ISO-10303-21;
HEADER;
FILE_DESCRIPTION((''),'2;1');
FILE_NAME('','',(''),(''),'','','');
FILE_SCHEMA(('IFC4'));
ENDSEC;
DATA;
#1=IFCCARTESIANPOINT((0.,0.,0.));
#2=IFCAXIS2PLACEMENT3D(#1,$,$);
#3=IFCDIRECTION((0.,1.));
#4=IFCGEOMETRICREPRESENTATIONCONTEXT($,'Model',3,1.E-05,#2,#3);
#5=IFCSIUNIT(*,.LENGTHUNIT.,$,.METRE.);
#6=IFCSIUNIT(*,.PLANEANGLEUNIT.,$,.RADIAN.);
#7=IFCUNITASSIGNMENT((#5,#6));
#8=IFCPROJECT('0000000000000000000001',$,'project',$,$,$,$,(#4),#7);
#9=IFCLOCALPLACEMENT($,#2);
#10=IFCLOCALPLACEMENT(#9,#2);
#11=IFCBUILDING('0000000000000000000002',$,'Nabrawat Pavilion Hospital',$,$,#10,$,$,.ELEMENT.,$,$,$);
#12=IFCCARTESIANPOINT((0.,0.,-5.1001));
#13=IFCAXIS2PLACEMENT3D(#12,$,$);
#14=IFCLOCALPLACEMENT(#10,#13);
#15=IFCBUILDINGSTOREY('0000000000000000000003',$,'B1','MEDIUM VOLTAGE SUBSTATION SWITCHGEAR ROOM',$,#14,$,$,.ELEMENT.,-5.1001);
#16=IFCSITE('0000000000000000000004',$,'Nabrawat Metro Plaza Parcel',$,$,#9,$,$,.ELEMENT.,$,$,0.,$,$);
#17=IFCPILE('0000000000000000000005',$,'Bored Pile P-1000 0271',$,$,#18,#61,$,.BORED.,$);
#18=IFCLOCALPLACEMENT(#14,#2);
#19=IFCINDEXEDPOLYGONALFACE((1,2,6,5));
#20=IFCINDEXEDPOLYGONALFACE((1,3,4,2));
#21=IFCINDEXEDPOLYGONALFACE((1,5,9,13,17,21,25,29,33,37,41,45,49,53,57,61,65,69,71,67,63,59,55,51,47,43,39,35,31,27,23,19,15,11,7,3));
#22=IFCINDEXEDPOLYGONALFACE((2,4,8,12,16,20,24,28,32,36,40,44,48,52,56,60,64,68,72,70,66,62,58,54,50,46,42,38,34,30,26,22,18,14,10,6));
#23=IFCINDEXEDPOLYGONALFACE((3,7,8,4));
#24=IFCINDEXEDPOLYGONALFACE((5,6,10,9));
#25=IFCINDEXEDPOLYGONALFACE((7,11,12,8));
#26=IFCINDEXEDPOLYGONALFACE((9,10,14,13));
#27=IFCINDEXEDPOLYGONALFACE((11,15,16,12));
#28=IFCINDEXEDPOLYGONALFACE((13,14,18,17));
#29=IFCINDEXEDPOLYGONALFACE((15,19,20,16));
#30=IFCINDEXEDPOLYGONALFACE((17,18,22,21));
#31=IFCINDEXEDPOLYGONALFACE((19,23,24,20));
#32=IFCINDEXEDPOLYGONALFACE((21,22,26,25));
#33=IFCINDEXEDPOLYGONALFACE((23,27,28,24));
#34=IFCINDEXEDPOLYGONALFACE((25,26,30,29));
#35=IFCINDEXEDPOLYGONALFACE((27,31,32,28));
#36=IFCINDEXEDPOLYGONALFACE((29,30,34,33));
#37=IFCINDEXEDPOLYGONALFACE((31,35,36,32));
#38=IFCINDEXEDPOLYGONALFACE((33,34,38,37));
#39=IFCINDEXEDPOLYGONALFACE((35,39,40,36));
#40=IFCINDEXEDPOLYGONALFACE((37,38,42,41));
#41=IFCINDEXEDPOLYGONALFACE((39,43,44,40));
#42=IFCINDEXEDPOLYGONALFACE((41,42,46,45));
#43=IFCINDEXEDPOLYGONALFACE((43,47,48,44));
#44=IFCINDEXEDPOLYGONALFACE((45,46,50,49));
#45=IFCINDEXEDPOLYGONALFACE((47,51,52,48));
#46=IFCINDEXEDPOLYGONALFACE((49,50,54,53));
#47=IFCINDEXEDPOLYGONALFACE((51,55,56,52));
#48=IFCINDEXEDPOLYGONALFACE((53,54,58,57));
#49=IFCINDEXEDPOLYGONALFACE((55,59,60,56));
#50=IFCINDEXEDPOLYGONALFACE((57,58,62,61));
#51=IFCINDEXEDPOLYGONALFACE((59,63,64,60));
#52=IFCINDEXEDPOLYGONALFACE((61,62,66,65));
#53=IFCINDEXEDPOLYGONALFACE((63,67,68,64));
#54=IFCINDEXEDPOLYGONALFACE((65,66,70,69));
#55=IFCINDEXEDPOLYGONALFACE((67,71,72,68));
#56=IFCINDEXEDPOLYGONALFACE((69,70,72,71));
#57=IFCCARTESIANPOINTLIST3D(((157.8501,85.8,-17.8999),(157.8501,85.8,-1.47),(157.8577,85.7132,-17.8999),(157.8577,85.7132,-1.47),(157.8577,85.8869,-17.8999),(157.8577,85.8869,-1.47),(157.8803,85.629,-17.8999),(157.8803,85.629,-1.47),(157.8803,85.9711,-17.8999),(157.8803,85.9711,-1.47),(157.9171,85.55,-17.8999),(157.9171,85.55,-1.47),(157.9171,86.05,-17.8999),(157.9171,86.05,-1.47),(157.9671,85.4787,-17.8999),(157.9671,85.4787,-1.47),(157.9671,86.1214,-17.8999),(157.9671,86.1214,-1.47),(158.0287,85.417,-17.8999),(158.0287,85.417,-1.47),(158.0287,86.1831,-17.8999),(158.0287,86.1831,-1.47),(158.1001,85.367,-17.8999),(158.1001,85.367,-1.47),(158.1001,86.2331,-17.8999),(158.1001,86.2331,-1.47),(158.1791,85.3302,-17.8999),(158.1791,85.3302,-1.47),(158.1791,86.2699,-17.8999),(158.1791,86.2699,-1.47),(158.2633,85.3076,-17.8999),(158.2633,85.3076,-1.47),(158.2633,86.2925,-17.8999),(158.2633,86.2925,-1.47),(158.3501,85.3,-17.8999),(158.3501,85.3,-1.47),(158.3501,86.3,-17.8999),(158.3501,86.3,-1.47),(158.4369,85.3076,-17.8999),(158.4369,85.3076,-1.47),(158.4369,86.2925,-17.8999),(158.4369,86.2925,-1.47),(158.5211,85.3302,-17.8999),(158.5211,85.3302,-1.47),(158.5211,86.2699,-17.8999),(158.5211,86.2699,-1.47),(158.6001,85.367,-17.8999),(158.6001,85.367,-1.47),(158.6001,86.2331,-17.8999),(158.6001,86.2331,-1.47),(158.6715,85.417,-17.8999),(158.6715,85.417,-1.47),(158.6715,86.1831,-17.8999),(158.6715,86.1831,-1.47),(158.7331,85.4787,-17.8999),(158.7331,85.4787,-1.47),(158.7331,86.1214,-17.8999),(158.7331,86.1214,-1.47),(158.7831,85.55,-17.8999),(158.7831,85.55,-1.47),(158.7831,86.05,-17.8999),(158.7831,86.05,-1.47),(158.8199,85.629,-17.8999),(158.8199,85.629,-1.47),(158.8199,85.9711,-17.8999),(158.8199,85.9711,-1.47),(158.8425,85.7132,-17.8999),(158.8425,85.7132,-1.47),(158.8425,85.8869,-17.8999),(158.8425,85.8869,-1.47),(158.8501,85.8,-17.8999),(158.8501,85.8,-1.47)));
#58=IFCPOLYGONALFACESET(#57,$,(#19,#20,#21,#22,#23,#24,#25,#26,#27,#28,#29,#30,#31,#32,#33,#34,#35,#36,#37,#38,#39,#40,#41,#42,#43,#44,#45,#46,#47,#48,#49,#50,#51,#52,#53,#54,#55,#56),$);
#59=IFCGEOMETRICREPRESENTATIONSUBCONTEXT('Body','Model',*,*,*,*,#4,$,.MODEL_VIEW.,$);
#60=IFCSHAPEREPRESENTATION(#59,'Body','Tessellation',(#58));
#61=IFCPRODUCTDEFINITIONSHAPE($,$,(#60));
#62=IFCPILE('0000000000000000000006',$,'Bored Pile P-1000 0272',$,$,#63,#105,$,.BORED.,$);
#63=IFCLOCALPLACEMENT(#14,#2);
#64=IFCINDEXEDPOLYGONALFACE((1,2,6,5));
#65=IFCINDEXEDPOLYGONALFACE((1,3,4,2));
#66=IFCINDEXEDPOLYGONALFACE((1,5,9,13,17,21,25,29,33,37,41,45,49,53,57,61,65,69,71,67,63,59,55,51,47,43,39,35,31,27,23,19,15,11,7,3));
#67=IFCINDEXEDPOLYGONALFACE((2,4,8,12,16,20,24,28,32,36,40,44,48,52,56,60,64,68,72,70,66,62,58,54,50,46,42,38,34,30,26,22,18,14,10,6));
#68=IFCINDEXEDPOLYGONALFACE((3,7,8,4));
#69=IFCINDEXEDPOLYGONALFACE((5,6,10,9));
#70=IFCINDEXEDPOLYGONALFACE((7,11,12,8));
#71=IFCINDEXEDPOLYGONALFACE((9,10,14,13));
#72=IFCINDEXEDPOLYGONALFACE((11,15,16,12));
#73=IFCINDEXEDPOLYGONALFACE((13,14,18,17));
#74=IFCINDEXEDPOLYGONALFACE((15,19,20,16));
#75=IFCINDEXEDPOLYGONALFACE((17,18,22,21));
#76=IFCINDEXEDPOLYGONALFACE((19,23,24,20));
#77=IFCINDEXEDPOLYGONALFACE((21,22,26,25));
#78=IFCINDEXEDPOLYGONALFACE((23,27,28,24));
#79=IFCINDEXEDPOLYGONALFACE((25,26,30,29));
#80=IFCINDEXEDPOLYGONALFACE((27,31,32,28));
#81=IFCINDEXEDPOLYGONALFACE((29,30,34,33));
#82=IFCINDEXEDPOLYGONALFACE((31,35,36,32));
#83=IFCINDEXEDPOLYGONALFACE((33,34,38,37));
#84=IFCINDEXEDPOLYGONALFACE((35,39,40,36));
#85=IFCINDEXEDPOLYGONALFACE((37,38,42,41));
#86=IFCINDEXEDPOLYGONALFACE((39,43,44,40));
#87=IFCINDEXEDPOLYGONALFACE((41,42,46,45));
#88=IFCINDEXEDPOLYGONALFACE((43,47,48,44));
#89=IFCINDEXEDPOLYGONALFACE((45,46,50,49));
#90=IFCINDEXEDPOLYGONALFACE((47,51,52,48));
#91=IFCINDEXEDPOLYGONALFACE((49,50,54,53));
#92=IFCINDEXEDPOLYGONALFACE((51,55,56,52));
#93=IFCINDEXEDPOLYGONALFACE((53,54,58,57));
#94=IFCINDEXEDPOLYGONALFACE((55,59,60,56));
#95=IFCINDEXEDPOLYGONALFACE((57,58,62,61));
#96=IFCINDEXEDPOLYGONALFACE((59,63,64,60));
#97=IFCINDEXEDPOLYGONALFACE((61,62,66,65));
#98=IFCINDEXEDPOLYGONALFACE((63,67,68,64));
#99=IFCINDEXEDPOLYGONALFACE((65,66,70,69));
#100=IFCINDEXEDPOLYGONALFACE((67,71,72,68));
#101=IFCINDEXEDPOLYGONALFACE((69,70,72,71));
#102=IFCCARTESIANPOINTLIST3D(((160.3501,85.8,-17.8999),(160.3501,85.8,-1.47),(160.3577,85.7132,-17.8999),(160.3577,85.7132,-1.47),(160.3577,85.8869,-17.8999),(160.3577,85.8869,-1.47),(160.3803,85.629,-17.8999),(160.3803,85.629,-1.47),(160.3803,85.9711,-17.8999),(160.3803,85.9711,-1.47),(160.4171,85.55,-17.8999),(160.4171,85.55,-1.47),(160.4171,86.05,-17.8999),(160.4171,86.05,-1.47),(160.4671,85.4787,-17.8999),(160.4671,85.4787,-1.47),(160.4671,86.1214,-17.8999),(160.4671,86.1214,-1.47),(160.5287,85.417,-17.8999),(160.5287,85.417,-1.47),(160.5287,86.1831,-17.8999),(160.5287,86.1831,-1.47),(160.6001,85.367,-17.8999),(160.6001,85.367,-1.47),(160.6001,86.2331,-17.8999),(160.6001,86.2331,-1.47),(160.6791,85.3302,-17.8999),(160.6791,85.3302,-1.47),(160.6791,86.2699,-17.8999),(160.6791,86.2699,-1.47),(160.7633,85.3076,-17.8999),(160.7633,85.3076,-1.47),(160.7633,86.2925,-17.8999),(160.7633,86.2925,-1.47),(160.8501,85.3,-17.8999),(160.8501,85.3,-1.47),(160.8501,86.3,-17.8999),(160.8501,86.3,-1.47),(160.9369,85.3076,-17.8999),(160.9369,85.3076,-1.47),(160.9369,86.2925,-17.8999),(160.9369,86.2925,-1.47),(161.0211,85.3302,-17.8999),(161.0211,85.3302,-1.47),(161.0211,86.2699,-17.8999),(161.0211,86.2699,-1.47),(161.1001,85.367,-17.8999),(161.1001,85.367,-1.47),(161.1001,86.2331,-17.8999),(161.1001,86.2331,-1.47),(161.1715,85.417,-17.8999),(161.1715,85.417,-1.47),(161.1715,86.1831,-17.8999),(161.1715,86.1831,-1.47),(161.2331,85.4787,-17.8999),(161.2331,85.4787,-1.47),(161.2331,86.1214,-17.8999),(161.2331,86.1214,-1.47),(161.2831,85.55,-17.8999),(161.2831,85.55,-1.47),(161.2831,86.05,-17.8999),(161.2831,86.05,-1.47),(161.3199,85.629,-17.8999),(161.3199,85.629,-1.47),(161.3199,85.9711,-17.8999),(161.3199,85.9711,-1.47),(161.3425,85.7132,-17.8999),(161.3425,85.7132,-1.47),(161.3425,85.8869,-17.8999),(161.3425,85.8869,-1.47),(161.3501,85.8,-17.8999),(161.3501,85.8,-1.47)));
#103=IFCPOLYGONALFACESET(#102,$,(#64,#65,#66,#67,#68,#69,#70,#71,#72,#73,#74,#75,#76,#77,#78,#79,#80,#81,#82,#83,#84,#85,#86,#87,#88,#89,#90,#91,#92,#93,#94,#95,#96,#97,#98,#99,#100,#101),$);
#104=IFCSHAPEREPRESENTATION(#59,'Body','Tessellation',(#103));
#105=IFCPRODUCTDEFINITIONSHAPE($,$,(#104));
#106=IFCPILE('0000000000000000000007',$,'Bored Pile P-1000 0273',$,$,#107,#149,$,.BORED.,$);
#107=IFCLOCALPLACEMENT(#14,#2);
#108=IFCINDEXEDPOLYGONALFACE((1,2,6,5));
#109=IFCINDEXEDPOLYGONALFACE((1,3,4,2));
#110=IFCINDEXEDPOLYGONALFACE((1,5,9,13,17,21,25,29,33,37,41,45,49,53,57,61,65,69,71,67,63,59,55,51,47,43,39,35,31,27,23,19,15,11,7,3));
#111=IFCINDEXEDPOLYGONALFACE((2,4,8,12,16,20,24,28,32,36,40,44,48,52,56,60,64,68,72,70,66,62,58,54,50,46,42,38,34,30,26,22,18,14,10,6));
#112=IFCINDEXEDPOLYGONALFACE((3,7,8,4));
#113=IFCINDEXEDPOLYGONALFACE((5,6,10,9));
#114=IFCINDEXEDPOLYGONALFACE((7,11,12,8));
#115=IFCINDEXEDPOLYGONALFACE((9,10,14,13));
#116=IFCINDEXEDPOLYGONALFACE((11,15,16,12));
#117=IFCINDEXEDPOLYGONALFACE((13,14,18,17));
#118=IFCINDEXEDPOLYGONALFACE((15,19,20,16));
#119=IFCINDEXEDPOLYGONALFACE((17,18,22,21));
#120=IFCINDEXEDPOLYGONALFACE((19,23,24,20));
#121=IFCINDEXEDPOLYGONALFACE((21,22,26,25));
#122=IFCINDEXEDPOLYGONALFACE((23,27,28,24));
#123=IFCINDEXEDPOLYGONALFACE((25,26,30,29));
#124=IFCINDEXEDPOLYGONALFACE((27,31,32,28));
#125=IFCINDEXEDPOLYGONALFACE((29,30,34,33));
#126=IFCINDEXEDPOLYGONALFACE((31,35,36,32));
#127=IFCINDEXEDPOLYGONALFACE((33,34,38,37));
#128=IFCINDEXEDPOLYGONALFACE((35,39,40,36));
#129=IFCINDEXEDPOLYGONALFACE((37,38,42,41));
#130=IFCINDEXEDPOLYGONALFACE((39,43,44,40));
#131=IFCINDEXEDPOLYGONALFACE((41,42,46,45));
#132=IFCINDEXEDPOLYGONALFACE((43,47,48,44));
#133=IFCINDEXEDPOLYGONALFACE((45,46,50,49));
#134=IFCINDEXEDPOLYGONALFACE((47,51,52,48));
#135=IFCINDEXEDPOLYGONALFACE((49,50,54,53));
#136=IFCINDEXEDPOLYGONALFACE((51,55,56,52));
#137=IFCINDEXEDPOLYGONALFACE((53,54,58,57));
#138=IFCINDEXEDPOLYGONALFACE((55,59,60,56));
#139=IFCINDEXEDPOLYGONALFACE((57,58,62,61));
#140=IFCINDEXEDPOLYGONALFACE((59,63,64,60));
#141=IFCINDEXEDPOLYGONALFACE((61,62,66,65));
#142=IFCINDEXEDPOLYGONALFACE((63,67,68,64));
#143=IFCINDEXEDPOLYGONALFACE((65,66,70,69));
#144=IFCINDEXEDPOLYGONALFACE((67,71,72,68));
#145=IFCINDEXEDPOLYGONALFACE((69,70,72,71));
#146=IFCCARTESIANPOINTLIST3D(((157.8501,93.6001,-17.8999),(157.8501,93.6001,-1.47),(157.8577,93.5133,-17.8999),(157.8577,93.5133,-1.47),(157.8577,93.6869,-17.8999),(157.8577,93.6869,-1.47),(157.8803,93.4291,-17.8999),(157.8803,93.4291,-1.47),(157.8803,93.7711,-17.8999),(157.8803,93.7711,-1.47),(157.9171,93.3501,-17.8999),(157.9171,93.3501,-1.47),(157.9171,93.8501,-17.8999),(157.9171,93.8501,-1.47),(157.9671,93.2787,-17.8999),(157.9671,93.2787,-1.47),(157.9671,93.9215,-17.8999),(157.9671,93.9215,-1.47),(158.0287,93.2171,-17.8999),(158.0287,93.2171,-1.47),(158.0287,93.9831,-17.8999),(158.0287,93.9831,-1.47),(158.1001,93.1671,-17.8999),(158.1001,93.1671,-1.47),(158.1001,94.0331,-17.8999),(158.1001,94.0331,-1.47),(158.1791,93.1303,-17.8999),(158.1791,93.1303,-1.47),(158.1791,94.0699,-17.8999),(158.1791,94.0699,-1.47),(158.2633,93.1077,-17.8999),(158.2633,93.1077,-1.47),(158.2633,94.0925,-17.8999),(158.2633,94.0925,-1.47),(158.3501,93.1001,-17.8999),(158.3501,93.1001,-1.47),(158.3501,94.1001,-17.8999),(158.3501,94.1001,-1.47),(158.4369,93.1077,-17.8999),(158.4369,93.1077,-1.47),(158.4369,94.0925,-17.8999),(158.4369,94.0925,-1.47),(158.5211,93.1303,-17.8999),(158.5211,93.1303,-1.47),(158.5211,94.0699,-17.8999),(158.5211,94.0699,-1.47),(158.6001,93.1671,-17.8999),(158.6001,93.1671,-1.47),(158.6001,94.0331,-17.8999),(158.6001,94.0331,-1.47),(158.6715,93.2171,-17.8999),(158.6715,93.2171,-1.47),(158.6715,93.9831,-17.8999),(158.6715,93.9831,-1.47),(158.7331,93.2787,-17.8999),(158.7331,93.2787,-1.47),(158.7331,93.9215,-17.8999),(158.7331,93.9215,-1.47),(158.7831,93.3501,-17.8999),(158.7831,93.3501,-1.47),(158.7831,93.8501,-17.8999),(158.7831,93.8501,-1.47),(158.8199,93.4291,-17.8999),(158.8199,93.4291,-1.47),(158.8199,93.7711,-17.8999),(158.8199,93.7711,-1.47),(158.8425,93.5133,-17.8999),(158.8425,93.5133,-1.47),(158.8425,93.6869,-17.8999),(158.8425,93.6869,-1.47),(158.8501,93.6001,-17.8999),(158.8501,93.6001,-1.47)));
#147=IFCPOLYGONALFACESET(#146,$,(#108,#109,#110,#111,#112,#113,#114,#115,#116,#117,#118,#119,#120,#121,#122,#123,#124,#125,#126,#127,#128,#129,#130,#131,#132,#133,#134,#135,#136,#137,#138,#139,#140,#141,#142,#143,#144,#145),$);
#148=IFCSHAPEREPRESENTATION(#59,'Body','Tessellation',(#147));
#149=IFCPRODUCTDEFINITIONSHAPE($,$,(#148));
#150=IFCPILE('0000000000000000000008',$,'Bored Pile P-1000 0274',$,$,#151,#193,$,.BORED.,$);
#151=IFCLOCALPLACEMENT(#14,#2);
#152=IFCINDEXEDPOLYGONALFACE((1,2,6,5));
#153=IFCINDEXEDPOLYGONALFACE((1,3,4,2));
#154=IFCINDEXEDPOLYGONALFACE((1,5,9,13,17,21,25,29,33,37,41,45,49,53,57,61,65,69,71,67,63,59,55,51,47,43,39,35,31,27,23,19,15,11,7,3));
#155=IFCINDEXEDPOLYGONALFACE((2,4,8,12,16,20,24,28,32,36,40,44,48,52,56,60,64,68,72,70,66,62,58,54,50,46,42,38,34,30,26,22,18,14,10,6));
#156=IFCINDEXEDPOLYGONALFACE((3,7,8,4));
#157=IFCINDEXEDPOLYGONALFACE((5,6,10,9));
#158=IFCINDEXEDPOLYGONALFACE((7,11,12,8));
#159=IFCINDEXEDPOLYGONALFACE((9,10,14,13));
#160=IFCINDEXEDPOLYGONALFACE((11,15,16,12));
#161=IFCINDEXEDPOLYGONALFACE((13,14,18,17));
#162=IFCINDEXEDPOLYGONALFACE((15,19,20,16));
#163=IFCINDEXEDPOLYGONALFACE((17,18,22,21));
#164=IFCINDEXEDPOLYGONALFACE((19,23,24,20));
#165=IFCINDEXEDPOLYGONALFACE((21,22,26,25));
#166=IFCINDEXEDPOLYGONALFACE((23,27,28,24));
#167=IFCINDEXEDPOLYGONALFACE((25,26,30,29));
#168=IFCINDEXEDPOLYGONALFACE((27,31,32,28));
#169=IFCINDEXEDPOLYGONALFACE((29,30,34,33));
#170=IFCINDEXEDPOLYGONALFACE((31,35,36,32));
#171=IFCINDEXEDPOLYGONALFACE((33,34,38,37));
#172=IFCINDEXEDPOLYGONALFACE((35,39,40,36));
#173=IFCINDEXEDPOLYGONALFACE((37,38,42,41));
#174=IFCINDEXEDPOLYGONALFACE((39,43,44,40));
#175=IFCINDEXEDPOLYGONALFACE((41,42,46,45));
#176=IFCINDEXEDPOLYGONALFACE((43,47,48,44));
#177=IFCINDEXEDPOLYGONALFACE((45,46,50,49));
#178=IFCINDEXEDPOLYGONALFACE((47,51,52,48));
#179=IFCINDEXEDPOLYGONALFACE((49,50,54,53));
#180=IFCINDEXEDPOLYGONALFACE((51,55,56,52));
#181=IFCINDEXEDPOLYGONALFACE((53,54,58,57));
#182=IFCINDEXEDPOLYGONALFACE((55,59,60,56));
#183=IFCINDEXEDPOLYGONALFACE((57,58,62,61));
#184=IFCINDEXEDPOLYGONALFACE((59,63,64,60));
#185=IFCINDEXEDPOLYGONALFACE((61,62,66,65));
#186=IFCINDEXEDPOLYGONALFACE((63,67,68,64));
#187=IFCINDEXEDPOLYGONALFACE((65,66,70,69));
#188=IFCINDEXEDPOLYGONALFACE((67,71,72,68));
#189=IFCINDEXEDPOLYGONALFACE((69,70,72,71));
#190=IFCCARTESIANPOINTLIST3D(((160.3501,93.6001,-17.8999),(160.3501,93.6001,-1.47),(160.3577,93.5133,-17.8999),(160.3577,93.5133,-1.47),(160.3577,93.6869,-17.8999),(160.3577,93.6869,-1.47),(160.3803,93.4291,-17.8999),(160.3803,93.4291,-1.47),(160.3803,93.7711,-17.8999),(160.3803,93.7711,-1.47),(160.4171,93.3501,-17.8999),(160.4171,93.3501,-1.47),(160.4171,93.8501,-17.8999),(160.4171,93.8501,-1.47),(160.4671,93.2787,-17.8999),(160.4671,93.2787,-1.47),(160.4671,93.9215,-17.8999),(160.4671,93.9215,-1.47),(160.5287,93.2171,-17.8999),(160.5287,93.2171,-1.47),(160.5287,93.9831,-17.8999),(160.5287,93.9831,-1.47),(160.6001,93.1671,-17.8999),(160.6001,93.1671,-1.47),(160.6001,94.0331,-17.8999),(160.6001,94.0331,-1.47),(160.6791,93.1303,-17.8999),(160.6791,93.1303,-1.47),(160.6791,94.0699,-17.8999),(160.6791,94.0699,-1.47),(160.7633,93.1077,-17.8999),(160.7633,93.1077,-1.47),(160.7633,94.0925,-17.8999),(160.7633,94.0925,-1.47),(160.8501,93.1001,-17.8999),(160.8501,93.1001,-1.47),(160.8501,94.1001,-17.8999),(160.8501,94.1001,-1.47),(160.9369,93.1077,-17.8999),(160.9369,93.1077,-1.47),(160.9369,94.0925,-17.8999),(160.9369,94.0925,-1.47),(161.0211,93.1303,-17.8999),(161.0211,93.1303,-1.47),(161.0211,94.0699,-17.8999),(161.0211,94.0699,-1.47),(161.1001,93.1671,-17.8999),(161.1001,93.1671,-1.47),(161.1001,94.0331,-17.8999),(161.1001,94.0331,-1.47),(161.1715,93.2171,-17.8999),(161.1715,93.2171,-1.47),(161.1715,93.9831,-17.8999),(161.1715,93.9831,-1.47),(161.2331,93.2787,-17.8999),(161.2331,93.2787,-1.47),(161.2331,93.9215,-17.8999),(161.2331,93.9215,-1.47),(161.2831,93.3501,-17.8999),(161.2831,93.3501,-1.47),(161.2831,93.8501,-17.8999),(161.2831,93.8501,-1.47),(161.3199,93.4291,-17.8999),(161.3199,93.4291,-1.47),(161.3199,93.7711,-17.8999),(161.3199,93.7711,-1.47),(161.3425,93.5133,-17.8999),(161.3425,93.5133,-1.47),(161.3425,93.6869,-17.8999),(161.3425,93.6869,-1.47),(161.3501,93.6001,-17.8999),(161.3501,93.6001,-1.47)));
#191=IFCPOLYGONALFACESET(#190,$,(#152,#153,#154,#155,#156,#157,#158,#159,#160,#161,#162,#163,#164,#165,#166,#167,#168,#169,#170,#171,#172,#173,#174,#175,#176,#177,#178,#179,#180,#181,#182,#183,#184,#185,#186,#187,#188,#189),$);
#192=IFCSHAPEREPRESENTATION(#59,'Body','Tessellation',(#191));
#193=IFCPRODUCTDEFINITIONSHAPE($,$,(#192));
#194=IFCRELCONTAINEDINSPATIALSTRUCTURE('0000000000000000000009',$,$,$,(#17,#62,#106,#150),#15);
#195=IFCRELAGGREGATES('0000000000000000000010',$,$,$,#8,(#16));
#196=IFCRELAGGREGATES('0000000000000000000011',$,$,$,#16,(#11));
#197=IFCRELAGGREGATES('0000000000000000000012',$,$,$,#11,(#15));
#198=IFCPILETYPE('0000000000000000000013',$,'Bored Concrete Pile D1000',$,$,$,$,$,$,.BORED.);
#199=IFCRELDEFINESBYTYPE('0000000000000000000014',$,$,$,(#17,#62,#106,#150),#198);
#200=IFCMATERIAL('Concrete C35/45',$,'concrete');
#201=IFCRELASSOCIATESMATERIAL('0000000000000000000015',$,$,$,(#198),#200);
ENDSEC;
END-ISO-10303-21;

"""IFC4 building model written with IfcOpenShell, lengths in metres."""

from ifc_helpers import new_model, si_unit, direction, frame, origin, origin_2d, place, context, subcontext, project, spatial, circle, extrude, material, material_profile, profile_set, type_object, element, save


model = new_model("IFC4")

# Units and contexts
model_context = context("Model", 3, precision=1e-05, world=origin(), true_north=direction((0.0, 1.0)))
body_context = subcontext(model_context, "Body", "Model", "MODEL_VIEW")
ifc_project = project(units=[si_unit("LENGTHUNIT", "METRE"), si_unit("PLANEANGLEUNIT", "RADIAN")], contexts=[model_context])

# Site, building, storey
site_placement = place(None, origin())
site = spatial("IfcSite", under=ifc_project, at=site_placement, Name="Nabrawat Metro Plaza Parcel", CompositionType="ELEMENT", RefElevation=0.0)
building_placement = place(site_placement, origin())
building = spatial("IfcBuilding", under=site, at=building_placement, Name="Nabrawat Pavilion Hospital", CompositionType="ELEMENT")
storey_placement = place(building_placement, frame((0.0, 0.0, -5.1001)))
storey = spatial("IfcBuildingStorey", under=building, at=storey_placement, Name="B1", Description="MEDIUM VOLTAGE SUBSTATION SWITCHGEAR ROOM", CompositionType="ELEMENT", Elevation=-5.1001)

# Piles
ifc_material_1 = material(Name="Concrete C35/45", Category="concrete")
ifc_material_profile_1 = material_profile(ifc_material_1, circle(Radius=0.5, at=origin_2d()), Name="DIA 1000")
ifc_profile_set_1 = profile_set([ifc_material_profile_1], Name="Concrete C35/45")
pile_type = type_object("IfcPileType", Name="Bored Concrete Pile D1000", PredefinedType="BORED", material=ifc_profile_set_1)
for number, where, z_axis, x_axis, name in (
    (1, (158.3501, 85.8, -1.47), (0.0, 0.0, -1.0), (1.0, 0.0, 0.0), "Bored Pile P-1000 0271"),
    (2, (160.8501, 85.8, -1.47), (0.0, 0.0, -1.0), (1.0, 0.0, 0.0), "Bored Pile P-1000 0272"),
    (3, (158.3501, 93.6001, -1.47), (0.0, 0.0, -1.0), (1.0, 0.0, 0.0), "Bored Pile P-1000 0273"),
    (4, (160.8501, 93.6001, -1.47), (0.0, 0.0, -1.0), (1.0, 0.0, 0.0), "Bored Pile P-1000 0274"),
):
    element("IfcPile", number, at=place(storey_placement, frame(where, z_axis=z_axis, x_axis=x_axis)), inside=storey, type_object=pile_type, Name=name, PredefinedType="BORED", context=body_context, shape_type="SweptSolid", body=[
        extrude(circle(Radius=0.5, at=origin_2d()), origin(), (0.0, 0.0, 1.0), 16.4299),
    ])

save(model, "model.ifc")
